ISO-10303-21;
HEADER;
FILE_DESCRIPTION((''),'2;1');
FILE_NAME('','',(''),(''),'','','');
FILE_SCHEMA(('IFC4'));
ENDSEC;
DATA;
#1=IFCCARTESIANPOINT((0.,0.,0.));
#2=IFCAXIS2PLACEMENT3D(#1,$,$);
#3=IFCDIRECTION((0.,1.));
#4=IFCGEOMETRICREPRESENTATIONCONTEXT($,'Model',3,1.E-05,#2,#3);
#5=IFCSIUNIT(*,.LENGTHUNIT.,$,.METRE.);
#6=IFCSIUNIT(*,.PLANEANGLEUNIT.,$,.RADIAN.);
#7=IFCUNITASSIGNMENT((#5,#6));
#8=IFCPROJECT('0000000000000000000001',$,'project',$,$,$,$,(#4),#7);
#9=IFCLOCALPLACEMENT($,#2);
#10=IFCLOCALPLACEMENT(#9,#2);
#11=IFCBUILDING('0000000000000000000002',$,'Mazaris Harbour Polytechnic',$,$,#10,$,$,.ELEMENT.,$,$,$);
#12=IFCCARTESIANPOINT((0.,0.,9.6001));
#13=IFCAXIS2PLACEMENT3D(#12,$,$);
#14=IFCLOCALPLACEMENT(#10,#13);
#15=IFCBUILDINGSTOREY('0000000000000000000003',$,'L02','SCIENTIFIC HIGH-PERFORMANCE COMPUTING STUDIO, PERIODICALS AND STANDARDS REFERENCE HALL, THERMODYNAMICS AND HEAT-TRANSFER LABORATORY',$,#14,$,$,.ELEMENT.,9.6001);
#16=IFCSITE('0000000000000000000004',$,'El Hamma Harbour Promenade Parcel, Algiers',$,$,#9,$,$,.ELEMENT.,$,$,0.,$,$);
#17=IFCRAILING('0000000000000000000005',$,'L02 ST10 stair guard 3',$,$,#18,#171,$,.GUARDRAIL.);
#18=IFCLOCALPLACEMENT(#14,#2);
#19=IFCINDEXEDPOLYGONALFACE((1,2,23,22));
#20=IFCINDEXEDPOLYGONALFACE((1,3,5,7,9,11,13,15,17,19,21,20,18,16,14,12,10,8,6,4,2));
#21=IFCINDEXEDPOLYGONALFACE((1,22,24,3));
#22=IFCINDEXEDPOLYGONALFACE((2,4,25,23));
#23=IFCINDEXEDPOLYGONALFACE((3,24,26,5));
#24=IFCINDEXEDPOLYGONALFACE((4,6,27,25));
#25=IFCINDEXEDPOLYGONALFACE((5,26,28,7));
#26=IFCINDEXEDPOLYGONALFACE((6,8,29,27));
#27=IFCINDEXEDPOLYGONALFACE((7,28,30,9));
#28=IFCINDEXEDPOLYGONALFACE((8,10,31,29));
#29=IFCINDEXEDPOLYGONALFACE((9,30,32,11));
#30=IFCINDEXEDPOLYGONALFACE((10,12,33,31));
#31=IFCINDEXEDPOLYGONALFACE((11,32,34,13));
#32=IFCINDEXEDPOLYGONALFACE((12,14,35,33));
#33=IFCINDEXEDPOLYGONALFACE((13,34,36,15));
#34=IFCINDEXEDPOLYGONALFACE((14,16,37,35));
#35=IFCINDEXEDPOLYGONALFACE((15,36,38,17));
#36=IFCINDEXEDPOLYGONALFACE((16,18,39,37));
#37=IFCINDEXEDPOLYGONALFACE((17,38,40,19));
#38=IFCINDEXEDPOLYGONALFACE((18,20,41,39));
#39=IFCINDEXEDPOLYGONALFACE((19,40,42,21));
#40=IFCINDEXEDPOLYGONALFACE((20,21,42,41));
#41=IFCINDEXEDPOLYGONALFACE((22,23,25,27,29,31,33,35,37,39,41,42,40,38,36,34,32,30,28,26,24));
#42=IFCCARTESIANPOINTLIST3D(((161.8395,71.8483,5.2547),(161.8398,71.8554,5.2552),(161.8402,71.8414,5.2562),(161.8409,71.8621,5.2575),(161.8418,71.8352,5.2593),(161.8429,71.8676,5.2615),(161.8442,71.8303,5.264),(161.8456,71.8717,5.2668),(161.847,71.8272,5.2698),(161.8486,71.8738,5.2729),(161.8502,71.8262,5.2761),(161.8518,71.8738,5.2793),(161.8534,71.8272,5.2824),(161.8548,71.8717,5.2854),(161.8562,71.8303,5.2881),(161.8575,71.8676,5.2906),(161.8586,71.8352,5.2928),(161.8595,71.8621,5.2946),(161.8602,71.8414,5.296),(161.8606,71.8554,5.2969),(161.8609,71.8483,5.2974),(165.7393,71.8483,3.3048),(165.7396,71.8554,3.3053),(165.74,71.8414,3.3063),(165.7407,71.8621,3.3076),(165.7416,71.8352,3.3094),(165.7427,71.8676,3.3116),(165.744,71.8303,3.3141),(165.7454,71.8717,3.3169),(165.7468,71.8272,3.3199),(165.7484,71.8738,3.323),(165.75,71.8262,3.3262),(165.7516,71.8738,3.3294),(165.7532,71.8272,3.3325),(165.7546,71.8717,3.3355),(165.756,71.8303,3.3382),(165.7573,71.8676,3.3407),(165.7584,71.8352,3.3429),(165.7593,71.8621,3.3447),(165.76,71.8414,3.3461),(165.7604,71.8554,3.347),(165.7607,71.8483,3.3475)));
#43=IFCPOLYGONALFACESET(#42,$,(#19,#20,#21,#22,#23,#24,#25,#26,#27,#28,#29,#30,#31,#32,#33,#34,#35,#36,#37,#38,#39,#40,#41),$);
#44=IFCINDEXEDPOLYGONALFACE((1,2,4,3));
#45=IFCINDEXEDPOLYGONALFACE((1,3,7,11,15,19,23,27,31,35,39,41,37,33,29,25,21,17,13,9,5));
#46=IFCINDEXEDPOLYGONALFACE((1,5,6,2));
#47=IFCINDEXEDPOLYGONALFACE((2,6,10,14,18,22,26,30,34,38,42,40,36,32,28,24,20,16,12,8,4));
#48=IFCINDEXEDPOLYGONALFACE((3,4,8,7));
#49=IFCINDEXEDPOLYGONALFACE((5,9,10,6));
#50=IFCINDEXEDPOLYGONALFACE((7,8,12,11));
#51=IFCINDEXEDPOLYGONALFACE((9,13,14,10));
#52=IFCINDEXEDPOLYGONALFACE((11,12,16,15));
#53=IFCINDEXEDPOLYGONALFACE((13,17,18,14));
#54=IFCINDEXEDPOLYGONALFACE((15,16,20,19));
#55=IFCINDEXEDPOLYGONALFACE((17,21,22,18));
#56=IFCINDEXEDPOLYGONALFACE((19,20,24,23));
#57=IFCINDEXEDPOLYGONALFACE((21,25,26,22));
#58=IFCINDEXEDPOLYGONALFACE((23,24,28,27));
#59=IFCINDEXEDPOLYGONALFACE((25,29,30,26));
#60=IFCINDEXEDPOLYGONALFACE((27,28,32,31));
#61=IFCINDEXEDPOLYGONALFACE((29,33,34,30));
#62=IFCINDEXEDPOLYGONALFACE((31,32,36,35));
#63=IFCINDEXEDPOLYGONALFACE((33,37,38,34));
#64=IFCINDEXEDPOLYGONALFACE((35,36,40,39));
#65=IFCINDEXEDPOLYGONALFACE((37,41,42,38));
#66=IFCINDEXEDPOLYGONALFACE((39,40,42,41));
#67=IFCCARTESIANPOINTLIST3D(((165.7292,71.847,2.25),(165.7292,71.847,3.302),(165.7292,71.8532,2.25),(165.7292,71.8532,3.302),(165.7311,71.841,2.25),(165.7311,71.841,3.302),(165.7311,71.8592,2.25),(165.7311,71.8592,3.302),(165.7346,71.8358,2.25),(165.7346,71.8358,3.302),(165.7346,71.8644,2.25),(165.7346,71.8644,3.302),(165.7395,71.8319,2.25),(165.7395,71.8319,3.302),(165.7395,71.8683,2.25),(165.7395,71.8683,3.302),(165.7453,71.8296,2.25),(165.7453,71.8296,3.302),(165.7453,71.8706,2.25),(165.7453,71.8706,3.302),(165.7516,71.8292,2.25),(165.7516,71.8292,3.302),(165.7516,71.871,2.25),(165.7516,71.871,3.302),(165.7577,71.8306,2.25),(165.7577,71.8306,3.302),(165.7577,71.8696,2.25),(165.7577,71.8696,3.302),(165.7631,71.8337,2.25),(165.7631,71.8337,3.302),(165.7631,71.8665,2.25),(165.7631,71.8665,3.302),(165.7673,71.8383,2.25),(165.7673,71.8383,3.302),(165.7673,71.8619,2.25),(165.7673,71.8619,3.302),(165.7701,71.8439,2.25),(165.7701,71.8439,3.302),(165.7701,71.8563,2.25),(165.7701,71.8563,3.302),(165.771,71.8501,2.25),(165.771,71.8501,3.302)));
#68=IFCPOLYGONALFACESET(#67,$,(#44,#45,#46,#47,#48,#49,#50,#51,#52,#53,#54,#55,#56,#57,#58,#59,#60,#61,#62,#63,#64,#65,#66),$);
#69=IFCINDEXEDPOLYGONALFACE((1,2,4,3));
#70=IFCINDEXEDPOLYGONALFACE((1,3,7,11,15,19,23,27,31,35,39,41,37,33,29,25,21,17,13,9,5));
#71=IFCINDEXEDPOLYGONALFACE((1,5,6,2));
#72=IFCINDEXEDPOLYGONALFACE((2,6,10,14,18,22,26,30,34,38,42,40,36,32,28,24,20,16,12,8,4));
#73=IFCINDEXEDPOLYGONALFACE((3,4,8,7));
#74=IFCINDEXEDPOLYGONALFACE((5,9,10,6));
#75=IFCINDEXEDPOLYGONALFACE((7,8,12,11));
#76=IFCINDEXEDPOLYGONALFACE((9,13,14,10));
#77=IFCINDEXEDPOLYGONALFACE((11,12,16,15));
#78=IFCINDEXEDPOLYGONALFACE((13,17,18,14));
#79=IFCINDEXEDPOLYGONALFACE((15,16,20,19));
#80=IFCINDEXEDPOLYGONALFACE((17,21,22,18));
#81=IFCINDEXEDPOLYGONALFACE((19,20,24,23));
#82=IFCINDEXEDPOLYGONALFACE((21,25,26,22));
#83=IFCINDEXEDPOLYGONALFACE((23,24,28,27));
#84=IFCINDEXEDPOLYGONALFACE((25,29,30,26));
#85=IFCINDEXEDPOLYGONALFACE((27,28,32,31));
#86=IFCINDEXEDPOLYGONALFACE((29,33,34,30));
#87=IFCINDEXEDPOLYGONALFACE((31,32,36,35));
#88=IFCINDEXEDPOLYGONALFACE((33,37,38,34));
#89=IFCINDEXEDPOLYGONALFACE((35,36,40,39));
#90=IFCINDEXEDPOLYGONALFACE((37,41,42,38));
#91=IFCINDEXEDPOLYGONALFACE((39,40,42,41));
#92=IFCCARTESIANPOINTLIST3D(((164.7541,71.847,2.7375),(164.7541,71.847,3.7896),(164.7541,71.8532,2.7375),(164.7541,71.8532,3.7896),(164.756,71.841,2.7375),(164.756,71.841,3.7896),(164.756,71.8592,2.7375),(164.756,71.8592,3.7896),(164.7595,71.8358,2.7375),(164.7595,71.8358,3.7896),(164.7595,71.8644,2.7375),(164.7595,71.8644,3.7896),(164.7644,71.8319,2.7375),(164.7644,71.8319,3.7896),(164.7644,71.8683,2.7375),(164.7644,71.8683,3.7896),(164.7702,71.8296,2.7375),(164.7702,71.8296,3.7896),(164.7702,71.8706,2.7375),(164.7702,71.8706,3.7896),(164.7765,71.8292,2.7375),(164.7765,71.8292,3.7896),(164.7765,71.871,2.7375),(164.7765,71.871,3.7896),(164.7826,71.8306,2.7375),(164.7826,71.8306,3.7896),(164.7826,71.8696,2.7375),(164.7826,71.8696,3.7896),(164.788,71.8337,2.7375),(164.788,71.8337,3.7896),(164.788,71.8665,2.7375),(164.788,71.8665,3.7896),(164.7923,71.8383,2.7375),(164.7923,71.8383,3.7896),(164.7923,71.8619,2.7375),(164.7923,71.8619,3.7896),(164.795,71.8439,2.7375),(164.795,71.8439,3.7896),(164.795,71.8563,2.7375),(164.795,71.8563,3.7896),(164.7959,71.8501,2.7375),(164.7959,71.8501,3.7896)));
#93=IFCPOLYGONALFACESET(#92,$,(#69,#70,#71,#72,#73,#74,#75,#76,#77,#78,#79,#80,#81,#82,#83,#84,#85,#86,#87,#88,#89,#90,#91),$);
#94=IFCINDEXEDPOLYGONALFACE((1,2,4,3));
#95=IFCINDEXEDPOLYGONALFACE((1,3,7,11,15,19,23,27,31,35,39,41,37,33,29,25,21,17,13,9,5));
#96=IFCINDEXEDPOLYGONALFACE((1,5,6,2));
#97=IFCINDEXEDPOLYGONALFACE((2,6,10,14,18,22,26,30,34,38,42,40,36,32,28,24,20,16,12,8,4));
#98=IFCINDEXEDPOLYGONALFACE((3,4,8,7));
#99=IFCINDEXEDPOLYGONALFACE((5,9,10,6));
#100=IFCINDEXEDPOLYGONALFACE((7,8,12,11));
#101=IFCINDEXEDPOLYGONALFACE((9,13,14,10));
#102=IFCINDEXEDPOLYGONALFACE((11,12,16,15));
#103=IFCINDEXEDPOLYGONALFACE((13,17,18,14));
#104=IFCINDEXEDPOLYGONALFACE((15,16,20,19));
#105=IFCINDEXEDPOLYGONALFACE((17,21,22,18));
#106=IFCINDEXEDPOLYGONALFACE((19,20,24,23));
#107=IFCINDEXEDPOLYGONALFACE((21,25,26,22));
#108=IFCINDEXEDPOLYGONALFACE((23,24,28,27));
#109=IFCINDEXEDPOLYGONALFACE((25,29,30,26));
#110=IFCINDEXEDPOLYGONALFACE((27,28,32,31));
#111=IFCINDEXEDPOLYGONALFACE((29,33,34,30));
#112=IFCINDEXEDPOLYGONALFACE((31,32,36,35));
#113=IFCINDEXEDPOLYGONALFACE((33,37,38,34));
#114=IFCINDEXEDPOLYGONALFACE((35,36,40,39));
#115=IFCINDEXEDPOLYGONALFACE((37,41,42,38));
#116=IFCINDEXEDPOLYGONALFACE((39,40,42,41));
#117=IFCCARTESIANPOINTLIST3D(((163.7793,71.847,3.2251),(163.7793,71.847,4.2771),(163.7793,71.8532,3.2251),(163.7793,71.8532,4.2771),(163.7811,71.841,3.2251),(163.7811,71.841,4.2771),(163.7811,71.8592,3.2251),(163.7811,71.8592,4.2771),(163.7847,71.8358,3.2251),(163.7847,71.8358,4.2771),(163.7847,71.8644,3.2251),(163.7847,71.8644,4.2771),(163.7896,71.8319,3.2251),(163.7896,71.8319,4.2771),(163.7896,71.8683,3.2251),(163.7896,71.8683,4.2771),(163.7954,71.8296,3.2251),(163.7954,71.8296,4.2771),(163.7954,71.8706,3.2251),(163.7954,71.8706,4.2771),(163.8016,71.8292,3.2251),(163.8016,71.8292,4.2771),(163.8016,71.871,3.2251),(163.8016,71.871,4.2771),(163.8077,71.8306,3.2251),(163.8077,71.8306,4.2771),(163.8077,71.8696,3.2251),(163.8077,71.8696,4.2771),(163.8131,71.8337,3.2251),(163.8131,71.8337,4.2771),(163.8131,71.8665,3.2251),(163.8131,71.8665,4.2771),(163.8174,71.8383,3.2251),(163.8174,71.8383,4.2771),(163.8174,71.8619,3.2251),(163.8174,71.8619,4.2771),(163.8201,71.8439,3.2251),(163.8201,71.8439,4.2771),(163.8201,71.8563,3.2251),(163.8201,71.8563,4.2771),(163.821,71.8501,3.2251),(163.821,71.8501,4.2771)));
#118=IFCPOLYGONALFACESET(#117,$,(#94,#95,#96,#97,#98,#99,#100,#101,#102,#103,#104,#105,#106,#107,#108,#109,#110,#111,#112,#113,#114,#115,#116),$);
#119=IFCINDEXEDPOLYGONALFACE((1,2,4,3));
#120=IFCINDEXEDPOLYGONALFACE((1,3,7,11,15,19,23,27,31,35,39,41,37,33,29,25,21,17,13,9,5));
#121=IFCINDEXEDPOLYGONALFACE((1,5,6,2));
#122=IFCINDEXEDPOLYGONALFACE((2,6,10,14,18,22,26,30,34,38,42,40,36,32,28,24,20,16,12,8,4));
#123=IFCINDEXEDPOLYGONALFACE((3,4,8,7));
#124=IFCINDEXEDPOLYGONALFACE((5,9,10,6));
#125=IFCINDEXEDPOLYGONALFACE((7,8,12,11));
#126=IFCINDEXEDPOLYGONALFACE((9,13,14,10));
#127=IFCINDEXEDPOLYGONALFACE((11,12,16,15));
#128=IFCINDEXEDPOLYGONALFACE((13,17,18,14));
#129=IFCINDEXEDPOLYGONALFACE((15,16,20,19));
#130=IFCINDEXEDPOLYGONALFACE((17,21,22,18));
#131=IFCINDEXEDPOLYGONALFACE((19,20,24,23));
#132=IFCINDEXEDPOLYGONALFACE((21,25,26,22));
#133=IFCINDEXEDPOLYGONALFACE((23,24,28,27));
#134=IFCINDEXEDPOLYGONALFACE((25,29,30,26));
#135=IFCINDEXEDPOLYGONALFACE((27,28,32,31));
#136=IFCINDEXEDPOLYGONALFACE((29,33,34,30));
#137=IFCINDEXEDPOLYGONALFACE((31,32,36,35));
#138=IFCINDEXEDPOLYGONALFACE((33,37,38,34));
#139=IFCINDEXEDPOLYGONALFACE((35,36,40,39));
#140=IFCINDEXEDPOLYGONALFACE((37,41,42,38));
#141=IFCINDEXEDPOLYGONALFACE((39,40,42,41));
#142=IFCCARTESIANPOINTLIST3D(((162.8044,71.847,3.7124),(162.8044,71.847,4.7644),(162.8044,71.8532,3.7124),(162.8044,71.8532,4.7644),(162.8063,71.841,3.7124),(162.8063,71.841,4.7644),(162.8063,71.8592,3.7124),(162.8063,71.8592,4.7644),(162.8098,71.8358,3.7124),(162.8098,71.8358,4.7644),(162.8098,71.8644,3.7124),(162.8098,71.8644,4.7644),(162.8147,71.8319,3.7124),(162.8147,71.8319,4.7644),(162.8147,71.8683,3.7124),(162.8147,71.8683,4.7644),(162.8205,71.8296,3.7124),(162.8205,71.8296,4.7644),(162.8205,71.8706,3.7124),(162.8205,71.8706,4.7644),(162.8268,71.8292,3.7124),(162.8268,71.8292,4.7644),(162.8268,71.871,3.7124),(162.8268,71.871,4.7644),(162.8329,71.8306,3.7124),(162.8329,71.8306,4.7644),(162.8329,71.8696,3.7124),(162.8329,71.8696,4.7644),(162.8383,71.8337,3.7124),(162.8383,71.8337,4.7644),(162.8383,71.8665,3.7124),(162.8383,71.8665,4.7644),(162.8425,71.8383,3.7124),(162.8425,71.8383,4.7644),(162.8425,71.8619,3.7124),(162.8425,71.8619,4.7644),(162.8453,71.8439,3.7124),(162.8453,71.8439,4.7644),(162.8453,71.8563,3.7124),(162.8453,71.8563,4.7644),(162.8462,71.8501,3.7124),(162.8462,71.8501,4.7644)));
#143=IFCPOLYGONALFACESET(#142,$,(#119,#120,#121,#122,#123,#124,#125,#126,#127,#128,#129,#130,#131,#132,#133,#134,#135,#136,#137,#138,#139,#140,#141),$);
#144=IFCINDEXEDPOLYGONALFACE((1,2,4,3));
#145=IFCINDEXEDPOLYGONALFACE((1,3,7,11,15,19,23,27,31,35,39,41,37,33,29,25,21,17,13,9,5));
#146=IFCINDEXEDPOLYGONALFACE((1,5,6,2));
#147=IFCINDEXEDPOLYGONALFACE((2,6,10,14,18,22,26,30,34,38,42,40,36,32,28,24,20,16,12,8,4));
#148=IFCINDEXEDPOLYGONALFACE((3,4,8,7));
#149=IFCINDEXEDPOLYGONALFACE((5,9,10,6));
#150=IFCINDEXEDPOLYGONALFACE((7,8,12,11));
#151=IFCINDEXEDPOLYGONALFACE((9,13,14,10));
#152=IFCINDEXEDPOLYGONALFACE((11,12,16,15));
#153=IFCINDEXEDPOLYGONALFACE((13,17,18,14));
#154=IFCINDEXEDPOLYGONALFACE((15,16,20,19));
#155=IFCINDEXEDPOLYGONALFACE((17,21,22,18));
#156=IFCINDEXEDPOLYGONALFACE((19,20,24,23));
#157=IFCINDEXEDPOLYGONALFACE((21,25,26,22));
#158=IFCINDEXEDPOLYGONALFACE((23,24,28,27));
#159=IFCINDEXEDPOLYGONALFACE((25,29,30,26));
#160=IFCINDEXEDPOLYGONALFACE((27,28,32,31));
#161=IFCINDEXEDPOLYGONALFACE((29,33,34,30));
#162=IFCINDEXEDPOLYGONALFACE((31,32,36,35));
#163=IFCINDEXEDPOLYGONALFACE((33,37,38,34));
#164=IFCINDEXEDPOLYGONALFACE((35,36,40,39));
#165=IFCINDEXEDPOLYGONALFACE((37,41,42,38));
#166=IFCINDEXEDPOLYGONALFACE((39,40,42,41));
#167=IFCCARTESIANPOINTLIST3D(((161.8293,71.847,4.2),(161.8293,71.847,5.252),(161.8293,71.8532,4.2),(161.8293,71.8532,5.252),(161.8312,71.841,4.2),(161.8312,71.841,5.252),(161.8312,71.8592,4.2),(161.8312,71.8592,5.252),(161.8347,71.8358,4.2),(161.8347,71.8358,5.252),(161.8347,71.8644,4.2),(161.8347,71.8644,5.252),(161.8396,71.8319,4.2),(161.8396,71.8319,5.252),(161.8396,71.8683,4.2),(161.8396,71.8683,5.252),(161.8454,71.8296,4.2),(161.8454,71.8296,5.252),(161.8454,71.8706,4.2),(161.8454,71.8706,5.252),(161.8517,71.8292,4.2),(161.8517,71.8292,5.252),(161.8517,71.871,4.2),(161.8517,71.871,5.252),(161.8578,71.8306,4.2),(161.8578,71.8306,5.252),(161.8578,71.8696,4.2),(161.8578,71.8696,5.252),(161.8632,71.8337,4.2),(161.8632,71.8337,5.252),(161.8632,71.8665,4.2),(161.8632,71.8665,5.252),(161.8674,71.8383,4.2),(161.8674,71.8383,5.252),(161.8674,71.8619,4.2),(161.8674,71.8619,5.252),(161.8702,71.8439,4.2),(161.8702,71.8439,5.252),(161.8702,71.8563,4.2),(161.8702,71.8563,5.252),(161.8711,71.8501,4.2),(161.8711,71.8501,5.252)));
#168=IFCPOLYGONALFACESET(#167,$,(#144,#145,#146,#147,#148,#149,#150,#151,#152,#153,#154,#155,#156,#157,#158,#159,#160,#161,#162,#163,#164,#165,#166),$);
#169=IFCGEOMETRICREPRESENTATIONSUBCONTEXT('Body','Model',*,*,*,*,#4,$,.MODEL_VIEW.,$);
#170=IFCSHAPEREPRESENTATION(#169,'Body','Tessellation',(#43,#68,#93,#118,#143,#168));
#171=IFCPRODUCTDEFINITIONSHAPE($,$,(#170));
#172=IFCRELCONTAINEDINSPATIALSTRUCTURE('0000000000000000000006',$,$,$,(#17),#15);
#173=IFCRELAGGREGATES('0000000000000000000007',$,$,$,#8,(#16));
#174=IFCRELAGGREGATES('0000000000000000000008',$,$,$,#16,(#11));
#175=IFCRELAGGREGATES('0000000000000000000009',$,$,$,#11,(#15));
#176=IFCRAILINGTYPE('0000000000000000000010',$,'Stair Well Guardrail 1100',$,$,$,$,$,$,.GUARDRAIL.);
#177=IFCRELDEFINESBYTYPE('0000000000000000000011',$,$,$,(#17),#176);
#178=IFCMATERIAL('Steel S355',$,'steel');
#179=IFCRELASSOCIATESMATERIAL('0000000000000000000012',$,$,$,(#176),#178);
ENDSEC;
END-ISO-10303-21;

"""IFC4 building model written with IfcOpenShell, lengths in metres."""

from ifc_helpers import new_model, si_unit, direction, frame, origin, origin_2d, place, context, subcontext, project, spatial, circle, extrude, material, type_object, element, save


model = new_model("IFC4")

# Units and contexts
model_context = context("Model", 3, precision=1e-05, world=origin(), true_north=direction((0.0, 1.0)))
body_context = subcontext(model_context, "Body", "Model", "MODEL_VIEW")
ifc_project = project(units=[si_unit("LENGTHUNIT", "METRE"), si_unit("PLANEANGLEUNIT", "RADIAN")], contexts=[model_context])

# Site, building, storey
site_placement = place(None, origin())
site = spatial("IfcSite", under=ifc_project, at=site_placement, Name="El Hamma Harbour Promenade Parcel, Algiers", CompositionType="ELEMENT", RefElevation=0.0)
building_placement = place(site_placement, origin())
building = spatial("IfcBuilding", under=site, at=building_placement, Name="Mazaris Harbour Polytechnic", CompositionType="ELEMENT")
storey_placement = place(building_placement, frame((0.0, 0.0, 9.6001)))
storey = spatial("IfcBuildingStorey", under=building, at=storey_placement, Name="L02", Description="SCIENTIFIC HIGH-PERFORMANCE COMPUTING STUDIO, PERIODICALS AND STANDARDS REFERENCE HALL, THERMODYNAMICS AND HEAT-TRANSFER LABORATORY", CompositionType="ELEMENT", Elevation=9.6001)

# Railing
ifc_material_1 = material(Name="Steel S355", Category="steel")
railing_type_1 = type_object("IfcRailingType", Name="Stair Well Guardrail 1100", PredefinedType="GUARDRAIL", material=ifc_material_1)
railing_1_placement = place(storey_placement, frame((165.75, 71.8501, 2.25)))
element("IfcRailing", 1, at=railing_1_placement, inside=storey, type_object=railing_type_1, Name="L02 ST10 stair guard 3", PredefinedType="GUARDRAIL", context=body_context, shape_type="SweptSolid", body=[
    extrude(circle(Radius=0.0239, at=origin_2d()), frame((0.0, 0.0, 1.0762), z_axis=(-0.894427, 0.0, 0.447214), x_axis=(0.0, -1.0, 0.0)), (0.0, 0.0, 1.0), 4.3601),
    extrude(circle(Radius=0.021, at=origin_2d()), origin(), (0.0, 0.0, 1.0), 1.052),
    extrude(circle(Radius=0.021, at=origin_2d()), frame((-0.9751, 0.0, 0.4875)), (0.0, 0.0, 1.0), 1.052),
    extrude(circle(Radius=0.021, at=origin_2d()), frame((-1.95, 0.0, 0.9751)), (0.0, 0.0, 1.0), 1.052),
    extrude(circle(Radius=0.021, at=origin_2d()), frame((-2.9248, 0.0, 1.4624)), (0.0, 0.0, 1.0), 1.052),
    extrude(circle(Radius=0.021, at=origin_2d()), frame((-3.8999, 0.0, 1.95)), (0.0, 0.0, 1.0), 1.052),
])

save(model, "model.ifc")
